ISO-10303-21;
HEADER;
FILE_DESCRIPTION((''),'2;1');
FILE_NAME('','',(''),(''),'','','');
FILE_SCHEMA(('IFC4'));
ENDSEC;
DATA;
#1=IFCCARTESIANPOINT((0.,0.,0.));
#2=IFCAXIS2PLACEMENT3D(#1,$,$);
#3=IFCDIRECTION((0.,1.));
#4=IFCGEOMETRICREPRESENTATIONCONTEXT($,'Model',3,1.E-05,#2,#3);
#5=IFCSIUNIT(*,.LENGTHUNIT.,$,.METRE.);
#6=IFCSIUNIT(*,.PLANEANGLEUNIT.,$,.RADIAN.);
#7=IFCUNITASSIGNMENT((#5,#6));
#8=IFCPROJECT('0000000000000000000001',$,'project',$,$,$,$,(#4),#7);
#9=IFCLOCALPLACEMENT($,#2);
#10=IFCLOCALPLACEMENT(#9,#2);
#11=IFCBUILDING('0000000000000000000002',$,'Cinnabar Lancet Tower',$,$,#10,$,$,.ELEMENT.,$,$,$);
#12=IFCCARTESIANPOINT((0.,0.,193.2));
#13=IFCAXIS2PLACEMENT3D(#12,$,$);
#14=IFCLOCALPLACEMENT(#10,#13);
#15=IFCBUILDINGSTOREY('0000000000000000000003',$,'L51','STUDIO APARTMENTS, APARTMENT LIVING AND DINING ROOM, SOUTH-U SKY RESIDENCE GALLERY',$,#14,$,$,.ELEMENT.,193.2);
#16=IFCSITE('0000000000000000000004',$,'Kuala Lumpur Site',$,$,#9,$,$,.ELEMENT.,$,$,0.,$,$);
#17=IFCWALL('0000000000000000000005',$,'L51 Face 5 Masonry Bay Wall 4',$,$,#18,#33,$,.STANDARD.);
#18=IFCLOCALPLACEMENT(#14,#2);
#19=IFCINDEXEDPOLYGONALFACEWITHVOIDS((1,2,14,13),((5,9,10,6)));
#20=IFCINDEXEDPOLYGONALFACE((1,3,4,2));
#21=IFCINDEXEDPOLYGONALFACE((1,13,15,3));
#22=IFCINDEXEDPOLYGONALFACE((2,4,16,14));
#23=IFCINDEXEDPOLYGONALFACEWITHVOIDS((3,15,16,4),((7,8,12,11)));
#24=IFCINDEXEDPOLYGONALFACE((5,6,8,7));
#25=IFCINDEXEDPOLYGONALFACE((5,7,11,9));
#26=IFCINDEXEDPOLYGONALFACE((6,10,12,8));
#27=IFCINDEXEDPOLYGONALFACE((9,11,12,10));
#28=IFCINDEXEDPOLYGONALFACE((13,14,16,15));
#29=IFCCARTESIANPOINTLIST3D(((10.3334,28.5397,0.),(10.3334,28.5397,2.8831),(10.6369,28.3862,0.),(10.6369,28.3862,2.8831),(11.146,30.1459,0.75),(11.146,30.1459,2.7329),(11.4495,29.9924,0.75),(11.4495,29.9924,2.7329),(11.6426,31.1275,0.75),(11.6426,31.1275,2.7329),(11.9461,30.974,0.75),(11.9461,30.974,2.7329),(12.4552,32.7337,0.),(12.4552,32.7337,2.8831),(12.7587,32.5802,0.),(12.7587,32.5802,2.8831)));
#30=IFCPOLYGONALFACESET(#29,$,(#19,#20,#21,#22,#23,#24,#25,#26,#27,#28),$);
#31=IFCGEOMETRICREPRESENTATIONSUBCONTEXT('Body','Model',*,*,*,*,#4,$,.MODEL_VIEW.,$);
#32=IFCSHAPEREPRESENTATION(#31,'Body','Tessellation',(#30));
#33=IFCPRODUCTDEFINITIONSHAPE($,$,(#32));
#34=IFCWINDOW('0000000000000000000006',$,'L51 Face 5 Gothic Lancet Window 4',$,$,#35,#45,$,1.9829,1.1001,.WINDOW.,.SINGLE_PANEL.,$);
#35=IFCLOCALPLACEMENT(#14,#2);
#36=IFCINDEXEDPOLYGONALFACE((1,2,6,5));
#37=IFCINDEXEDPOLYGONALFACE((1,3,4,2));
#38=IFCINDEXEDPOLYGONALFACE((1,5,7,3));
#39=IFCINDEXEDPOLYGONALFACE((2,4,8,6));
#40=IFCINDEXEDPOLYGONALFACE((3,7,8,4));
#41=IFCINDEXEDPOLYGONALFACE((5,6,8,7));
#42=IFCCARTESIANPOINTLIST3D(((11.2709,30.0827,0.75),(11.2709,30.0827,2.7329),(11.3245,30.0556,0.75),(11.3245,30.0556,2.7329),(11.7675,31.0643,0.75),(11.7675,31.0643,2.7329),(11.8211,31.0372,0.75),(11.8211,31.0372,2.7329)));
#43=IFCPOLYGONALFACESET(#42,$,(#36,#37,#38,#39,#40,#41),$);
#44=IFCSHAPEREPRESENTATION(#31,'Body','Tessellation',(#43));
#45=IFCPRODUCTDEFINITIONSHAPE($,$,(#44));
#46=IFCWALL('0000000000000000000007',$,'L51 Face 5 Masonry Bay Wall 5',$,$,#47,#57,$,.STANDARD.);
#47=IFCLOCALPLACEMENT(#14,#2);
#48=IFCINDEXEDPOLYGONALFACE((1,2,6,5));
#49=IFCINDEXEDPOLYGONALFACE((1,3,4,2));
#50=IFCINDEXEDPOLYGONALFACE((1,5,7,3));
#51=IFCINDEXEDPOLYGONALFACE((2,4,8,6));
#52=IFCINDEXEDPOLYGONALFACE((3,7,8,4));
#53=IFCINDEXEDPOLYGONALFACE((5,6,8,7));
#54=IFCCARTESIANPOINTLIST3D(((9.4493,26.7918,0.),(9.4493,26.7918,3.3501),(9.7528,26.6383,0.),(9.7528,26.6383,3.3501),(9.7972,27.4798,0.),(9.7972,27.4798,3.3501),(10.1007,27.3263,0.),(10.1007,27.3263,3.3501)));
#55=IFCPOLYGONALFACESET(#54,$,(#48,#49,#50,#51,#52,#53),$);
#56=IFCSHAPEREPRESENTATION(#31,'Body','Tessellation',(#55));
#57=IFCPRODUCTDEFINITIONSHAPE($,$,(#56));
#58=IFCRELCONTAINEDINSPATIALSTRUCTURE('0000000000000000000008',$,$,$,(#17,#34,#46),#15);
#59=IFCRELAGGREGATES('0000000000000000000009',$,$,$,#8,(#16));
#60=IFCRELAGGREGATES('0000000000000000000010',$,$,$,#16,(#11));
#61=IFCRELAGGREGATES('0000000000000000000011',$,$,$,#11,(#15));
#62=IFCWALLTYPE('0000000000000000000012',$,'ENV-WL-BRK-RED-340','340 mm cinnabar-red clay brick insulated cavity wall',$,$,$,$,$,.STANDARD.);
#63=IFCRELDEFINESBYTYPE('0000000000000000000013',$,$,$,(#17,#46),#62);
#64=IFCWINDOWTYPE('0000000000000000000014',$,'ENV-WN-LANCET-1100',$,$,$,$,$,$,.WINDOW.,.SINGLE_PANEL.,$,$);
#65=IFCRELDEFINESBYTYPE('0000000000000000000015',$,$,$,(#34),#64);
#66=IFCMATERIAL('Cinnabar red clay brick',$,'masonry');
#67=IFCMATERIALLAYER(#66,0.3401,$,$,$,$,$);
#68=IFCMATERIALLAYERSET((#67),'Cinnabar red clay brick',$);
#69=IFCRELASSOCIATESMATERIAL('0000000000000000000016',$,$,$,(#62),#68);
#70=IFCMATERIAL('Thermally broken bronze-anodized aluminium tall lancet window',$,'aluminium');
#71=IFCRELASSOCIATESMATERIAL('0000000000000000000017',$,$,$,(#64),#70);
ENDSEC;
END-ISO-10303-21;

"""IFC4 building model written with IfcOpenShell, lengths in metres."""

from ifc_helpers import new_model, si_unit, direction, frame, frame_2d, origin, place, context, subcontext, project, spatial, rectangle, extrude, material, layer, layer_set, type_object, element, fill, save


model = new_model("IFC4")

# Units and contexts
model_context = context("Model", 3, precision=1e-05, world=origin(), true_north=direction((0.0, 1.0)))
body_context = subcontext(model_context, "Body", "Model", "MODEL_VIEW")
ifc_project = project(units=[si_unit("LENGTHUNIT", "METRE"), si_unit("PLANEANGLEUNIT", "RADIAN")], contexts=[model_context])

# Site, building, storey
site_placement = place(None, origin())
site = spatial("IfcSite", under=ifc_project, at=site_placement, Name="Kuala Lumpur Site", CompositionType="ELEMENT", RefElevation=0.0)
building_placement = place(site_placement, origin())
building = spatial("IfcBuilding", under=site, at=building_placement, Name="Cinnabar Lancet Tower", CompositionType="ELEMENT")
storey_placement = place(building_placement, frame((0.0, 0.0, 193.2)))
storey = spatial("IfcBuildingStorey", under=building, at=storey_placement, Name="L51", Description="STUDIO APARTMENTS, APARTMENT LIVING AND DINING ROOM, SOUTH-U SKY RESIDENCE GALLERY", CompositionType="ELEMENT", Elevation=193.2)

# Shared definitions
ifc_material_1 = material(Name="Cinnabar red clay brick", Category="masonry")
ifc_layer_1 = layer(ifc_material_1, 0.3401)
ifc_layer_set_1 = layer_set([ifc_layer_1], Name="Cinnabar red clay brick")
wall_type_1 = type_object("IfcWallType", Name="ENV-WL-BRK-RED-340", Description="340 mm cinnabar-red clay brick insulated cavity wall", PredefinedType="STANDARD", material=ifc_layer_set_1)

# Wall, opening, window
wall_1_placement = place(storey_placement, frame((12.6069, 32.657, 0.0), z_axis=(0.0, 0.0, 1.0), x_axis=(-0.451426, -0.892308, 0.0)))
wall_1 = element("IfcWall", 1, at=wall_1_placement, inside=storey, type_object=wall_type_1, Name="L51 Face 5 Masonry Bay Wall 4", PredefinedType="STANDARD", context=body_context, shape_type="SweptSolid", body=[
    extrude(rectangle(XDim=4.7002, YDim=0.3401, at=frame_2d((2.3501, 0.0))), origin(), (0.0, 0.0, 1.0), 2.8831),
])
opening_1_placement = place(wall_1_placement, frame((1.8, 0.0, 0.75)))
opening_1 = element("IfcOpeningElement", 2, at=opening_1_placement, cuts=wall_1, PredefinedType="OPENING", context=body_context, shape_type="SweptSolid", body=[
    extrude(rectangle(XDim=1.1001, YDim=1.9829, at=frame_2d((0.55, 0.9915))), frame((0.0, 0.1799, 0.0), z_axis=(0.0, -1.0, 0.0), x_axis=(1.0, 0.0, 0.0)), (0.0, 0.0, 1.0), 0.3601),
])
ifc_material_2 = material(Name="Thermally broken bronze-anodized aluminium tall lancet window", Category="aluminium")
window_type = type_object("IfcWindowType", Name="ENV-WN-LANCET-1100", PartitioningType="SINGLE_PANEL", PredefinedType="WINDOW", material=ifc_material_2)
window_placement = place(opening_1_placement, origin())
window = element("IfcWindow", 3, at=window_placement, inside=storey, type_object=window_type, Name="L51 Face 5 Gothic Lancet Window 4", OverallHeight=1.9829, OverallWidth=1.1001, PartitioningType="SINGLE_PANEL", PredefinedType="WINDOW", context=body_context, shape_type="SweptSolid", body=[
    extrude(rectangle(XDim=1.1001, YDim=1.9829, at=frame_2d((0.55, 0.9915))), frame((0.0, 0.03, 0.0), z_axis=(0.0, -1.0, 0.0), x_axis=(1.0, 0.0, 0.0)), (0.0, 0.0, 1.0), 0.0601),
])
fill(opening_1, window)

# Wall
wall_2_placement = place(storey_placement, frame((9.949, 27.4031, 0.0), z_axis=(0.0, 0.0, 1.0), x_axis=(-0.451262, -0.892391, 0.0)))
element("IfcWall", 4, at=wall_2_placement, inside=storey, type_object=wall_type_1, Name="L51 Face 5 Masonry Bay Wall 5", PredefinedType="STANDARD", context=body_context, shape_type="SweptSolid", body=[
    extrude(rectangle(XDim=0.771, YDim=0.3401, at=frame_2d((0.3855, 0.0))), origin(), (0.0, 0.0, 1.0), 3.3501),
])

save(model, "model.ifc")
